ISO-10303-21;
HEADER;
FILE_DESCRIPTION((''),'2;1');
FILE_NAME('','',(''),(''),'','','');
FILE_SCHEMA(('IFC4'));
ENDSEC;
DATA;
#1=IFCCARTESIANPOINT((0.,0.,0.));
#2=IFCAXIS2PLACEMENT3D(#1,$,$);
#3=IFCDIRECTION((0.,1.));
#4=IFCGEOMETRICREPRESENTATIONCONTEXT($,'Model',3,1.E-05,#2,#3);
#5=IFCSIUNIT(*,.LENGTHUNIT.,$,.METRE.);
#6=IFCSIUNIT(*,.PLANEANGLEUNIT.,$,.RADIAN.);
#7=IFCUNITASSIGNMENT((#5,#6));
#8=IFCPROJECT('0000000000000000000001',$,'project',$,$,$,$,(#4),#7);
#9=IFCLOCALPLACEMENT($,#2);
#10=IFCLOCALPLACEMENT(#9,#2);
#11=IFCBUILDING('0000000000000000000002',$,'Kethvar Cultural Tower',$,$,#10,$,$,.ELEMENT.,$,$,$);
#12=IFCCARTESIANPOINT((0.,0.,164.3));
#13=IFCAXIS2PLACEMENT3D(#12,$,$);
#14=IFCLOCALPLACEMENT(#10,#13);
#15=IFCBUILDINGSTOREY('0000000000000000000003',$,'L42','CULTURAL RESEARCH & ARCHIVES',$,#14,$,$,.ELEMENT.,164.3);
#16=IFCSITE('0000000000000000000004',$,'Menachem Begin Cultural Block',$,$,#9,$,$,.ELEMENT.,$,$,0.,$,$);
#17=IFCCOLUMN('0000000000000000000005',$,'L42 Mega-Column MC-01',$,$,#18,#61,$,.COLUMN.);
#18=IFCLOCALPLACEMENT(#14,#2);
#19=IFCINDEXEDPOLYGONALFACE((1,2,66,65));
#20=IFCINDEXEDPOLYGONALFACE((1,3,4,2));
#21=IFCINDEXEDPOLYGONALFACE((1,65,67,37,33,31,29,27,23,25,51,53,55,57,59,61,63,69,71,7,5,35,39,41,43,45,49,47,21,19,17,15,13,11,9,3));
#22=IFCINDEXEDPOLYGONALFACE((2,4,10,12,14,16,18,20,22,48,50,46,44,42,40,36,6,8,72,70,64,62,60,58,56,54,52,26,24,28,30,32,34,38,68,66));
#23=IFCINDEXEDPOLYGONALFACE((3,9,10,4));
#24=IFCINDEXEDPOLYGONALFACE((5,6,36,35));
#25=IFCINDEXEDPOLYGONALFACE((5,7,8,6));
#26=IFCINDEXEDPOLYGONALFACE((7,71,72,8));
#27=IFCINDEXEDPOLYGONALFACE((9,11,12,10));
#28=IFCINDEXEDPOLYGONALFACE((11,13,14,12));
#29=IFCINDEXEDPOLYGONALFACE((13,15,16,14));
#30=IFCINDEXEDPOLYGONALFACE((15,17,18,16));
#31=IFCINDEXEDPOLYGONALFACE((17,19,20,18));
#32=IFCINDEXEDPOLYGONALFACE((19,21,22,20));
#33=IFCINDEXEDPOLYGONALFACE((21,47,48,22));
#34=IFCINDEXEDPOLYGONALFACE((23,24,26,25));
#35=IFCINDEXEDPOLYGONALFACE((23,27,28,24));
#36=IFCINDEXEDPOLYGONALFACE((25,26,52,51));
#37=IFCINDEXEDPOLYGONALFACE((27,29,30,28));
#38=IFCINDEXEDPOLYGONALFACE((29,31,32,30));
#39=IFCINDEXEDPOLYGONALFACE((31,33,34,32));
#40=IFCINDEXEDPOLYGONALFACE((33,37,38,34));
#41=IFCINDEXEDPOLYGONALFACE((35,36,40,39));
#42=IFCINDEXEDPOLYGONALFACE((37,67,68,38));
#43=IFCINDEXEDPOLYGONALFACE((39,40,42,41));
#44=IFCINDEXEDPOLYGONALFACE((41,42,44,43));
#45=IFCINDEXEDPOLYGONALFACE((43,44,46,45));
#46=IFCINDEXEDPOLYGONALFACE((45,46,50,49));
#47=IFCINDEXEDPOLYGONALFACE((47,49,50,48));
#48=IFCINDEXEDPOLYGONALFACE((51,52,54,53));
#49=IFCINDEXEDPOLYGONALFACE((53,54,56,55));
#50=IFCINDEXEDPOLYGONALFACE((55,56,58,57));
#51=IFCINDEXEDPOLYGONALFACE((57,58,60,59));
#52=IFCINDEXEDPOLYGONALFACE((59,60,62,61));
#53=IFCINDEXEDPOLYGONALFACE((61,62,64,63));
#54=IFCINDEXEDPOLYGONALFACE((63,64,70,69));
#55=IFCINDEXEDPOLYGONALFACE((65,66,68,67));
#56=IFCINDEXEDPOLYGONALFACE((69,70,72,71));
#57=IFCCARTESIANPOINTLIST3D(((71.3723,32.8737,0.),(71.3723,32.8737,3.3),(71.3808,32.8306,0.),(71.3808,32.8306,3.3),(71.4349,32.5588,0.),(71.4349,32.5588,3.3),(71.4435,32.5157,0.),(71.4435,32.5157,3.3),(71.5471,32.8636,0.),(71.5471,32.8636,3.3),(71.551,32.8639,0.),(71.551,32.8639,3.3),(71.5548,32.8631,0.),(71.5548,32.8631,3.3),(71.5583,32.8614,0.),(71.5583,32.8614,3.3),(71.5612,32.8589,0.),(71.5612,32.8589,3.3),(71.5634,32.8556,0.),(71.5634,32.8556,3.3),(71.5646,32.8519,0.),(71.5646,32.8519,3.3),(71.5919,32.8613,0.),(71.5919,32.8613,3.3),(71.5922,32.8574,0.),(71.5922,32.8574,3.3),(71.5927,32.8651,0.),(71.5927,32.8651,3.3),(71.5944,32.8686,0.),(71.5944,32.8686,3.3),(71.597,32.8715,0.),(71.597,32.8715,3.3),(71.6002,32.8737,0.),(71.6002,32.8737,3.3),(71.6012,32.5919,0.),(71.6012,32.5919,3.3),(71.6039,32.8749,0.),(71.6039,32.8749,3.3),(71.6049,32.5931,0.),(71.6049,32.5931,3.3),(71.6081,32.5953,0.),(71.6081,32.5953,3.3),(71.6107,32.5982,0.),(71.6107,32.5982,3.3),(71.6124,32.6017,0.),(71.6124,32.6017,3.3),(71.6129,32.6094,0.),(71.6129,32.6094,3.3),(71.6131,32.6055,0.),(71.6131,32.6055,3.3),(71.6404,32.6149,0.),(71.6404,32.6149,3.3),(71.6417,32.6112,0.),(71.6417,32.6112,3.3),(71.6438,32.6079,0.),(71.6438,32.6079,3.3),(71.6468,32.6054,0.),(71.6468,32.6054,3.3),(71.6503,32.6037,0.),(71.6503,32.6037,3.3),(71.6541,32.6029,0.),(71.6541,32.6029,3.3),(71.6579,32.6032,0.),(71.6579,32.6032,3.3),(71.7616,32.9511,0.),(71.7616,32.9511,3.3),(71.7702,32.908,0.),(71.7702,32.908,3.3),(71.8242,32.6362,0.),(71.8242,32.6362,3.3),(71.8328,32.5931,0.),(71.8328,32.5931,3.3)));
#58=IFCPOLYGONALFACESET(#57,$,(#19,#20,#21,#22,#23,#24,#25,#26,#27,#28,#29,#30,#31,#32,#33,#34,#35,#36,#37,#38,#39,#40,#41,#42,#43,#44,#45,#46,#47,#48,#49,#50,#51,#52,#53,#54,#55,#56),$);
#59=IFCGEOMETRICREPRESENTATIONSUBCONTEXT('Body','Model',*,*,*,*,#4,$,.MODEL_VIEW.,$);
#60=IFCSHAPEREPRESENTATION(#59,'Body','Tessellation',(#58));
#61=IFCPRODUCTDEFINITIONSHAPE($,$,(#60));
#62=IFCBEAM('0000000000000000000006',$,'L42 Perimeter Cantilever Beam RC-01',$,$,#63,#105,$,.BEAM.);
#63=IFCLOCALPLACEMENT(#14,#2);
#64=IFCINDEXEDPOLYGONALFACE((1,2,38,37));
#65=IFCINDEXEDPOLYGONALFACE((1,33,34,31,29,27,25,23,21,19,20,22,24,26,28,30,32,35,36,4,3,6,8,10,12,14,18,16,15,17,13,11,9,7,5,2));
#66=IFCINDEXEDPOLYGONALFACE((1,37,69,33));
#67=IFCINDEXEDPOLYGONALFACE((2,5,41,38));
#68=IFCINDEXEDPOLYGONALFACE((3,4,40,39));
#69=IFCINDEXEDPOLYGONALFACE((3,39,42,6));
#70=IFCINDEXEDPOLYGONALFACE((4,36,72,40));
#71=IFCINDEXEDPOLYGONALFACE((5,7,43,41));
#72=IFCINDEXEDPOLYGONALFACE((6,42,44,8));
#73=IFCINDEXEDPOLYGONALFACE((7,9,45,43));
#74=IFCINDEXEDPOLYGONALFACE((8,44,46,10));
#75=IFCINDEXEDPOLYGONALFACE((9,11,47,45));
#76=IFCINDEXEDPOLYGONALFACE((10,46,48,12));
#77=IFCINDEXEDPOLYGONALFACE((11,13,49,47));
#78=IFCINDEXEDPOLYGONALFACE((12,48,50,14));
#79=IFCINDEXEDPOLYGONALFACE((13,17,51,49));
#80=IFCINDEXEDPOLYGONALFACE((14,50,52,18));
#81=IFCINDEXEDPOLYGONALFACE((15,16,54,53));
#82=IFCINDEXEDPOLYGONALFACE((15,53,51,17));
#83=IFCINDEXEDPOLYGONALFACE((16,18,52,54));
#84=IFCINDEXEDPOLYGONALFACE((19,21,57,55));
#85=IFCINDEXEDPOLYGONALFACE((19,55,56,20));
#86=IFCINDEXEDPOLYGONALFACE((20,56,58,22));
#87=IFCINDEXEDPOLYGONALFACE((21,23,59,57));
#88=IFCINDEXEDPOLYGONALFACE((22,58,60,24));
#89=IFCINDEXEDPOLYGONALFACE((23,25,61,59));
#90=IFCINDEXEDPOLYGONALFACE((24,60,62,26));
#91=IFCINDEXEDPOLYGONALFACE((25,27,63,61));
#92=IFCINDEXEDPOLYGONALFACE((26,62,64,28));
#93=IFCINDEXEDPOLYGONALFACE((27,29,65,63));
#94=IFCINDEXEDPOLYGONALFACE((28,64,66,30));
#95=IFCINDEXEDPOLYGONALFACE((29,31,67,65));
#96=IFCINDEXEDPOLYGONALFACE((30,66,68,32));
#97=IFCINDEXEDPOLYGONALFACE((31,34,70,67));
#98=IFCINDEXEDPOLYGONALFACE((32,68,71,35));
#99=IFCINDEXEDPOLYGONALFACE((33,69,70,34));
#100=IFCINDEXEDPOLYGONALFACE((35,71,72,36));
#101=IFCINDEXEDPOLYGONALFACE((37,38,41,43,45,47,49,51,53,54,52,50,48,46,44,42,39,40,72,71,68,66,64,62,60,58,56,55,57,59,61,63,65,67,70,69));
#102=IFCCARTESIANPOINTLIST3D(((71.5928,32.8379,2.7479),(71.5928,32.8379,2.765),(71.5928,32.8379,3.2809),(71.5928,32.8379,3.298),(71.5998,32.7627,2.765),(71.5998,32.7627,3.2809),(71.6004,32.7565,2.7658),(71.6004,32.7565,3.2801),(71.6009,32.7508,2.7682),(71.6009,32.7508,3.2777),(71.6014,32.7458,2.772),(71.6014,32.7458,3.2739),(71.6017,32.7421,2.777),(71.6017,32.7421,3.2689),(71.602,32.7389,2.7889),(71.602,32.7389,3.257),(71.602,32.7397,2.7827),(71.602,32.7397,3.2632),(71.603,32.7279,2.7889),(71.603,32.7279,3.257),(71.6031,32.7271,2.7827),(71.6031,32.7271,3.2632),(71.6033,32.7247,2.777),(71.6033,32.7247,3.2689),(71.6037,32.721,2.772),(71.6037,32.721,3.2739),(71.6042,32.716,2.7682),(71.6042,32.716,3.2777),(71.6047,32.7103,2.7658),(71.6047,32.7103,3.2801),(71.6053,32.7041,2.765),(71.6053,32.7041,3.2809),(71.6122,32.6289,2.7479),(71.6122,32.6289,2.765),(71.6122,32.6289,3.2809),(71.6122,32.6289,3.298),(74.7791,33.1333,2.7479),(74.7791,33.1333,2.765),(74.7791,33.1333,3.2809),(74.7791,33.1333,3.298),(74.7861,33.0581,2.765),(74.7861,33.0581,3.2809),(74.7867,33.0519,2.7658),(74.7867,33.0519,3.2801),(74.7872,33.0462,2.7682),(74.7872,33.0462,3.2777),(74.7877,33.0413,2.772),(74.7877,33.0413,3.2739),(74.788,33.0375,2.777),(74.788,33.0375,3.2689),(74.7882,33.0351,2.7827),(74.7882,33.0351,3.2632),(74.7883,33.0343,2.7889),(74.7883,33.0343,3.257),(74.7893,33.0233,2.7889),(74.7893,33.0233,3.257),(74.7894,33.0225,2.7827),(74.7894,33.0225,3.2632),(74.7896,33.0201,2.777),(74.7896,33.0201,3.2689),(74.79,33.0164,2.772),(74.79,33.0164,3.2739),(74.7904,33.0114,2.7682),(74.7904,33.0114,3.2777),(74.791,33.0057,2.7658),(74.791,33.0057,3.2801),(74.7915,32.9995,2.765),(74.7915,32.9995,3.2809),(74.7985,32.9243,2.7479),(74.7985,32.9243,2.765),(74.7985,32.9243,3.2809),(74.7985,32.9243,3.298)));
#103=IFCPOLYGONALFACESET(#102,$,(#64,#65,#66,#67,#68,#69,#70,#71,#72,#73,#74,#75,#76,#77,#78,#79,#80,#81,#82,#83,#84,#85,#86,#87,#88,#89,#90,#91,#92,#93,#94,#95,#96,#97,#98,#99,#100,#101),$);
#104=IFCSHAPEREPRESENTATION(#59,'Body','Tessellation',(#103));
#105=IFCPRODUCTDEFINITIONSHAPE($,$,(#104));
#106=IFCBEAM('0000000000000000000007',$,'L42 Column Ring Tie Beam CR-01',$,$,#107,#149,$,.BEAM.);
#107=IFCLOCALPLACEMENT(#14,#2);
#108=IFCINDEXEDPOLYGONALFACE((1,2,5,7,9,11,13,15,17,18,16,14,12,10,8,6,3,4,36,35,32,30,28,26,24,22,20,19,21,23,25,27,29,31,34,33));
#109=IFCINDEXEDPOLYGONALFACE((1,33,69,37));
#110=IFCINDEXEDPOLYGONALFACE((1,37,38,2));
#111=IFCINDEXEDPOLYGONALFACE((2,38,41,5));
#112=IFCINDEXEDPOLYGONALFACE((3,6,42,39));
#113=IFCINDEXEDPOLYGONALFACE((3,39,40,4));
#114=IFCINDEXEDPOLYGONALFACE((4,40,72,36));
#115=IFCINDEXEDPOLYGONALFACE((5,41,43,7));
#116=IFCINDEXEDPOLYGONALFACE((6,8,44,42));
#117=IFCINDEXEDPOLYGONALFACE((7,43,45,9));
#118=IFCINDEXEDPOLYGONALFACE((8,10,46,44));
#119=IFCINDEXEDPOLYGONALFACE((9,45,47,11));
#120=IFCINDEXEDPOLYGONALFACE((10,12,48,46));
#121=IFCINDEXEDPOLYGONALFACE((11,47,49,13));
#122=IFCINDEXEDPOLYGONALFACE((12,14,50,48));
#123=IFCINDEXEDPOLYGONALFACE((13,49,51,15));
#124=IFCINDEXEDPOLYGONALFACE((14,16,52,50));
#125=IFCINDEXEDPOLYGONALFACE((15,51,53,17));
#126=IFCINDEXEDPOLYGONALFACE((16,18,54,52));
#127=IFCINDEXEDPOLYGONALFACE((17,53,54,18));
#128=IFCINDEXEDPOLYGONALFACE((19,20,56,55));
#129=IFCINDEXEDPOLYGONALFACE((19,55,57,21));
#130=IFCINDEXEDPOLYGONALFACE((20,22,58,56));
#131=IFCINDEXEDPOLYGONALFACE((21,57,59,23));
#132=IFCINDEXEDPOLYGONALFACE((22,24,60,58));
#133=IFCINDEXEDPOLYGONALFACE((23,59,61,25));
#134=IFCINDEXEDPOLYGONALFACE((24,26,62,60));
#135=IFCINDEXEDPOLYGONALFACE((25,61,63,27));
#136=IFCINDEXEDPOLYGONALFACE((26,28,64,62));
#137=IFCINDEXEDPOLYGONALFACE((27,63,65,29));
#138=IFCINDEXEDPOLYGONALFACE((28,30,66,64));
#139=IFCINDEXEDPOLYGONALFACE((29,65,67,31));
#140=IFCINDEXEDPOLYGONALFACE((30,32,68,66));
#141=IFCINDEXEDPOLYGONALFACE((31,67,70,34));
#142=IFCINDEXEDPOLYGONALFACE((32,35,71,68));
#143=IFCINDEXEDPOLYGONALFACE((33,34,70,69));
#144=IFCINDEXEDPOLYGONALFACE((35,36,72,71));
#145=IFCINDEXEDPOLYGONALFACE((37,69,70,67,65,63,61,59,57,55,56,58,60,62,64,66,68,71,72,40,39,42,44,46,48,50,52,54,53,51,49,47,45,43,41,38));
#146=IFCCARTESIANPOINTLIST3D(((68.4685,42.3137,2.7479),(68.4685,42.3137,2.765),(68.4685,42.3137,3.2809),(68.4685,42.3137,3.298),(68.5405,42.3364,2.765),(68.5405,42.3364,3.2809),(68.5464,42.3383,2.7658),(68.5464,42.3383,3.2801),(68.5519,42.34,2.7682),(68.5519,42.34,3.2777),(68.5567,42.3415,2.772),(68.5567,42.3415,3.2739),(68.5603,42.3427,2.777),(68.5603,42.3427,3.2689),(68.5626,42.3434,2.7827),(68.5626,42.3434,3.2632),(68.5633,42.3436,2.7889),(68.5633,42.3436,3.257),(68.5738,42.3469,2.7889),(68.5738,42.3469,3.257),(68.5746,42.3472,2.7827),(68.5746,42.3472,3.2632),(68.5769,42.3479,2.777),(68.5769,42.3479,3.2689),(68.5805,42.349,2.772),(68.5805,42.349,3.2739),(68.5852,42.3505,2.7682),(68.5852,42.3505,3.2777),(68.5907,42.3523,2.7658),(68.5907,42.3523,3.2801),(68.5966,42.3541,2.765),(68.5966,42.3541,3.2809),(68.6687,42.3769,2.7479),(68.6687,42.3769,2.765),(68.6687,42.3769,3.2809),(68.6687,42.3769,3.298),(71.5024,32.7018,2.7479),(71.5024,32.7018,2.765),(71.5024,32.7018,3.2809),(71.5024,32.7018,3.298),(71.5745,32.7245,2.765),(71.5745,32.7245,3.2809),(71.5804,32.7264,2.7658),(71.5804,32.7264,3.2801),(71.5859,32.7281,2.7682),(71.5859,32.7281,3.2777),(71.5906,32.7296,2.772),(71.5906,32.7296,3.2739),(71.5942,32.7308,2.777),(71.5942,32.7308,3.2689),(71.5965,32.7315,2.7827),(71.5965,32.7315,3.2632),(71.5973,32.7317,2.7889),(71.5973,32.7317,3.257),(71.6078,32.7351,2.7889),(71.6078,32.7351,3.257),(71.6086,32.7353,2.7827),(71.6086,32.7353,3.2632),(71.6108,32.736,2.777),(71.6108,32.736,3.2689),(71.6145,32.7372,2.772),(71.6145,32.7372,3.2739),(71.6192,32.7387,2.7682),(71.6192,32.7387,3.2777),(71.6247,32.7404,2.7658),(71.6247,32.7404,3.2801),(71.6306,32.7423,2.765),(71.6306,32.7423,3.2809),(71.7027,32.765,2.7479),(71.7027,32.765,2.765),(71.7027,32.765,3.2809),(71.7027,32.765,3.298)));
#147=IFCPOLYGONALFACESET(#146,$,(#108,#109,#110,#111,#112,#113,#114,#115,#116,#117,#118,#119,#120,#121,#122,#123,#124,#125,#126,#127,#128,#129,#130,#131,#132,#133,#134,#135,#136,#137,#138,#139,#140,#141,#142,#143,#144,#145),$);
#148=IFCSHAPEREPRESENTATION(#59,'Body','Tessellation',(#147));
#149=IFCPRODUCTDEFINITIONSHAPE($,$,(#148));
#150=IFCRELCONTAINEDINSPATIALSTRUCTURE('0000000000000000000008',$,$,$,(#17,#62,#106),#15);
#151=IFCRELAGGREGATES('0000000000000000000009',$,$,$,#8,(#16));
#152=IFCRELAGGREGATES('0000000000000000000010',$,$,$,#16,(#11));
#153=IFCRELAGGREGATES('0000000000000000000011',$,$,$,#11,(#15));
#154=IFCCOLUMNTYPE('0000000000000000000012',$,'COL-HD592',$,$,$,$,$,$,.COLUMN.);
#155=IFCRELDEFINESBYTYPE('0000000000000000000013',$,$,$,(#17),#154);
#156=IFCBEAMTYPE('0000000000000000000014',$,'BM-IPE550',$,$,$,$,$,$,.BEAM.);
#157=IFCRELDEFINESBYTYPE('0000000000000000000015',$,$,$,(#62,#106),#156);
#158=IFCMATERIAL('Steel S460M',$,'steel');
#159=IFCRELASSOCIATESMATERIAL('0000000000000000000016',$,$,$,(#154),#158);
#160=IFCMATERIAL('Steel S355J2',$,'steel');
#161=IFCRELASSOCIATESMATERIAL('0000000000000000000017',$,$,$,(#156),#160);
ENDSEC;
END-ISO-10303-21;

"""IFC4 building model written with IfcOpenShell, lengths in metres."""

from ifc_helpers import new_model, si_unit, direction, frame, origin, origin_2d, place, context, subcontext, project, spatial, i_section, extrude, source, transform, mapped, material, material_profile, profile_set, type_object, element, save


model = new_model("IFC4")

# Units and contexts
model_context = context("Model", 3, precision=1e-05, world=origin(), true_north=direction((0.0, 1.0)))
body_context = subcontext(model_context, "Body", "Model", "MODEL_VIEW")
ifc_project = project(units=[si_unit("LENGTHUNIT", "METRE"), si_unit("PLANEANGLEUNIT", "RADIAN")], contexts=[model_context])

# Site, building, storey
site_placement = place(None, origin())
site = spatial("IfcSite", under=ifc_project, at=site_placement, Name="Menachem Begin Cultural Block", CompositionType="ELEMENT", RefElevation=0.0)
building_placement = place(site_placement, origin())
building = spatial("IfcBuilding", under=site, at=building_placement, Name="Kethvar Cultural Tower", CompositionType="ELEMENT")
storey_placement = place(building_placement, frame((0.0, 0.0, 164.3)))
storey = spatial("IfcBuildingStorey", under=building, at=storey_placement, Name="L42", Description="CULTURAL RESEARCH & ARCHIVES", CompositionType="ELEMENT", Elevation=164.3)

# Column
ifc_material_1 = material(Name="Steel S460M", Category="steel")
ifc_material_profile_1 = material_profile(ifc_material_1, i_section(OverallWidth=0.397, OverallDepth=0.365, WebThickness=0.0281, FlangeThickness=0.0439, FilletRadius=0.0149, at=origin_2d()), Name="Steel S460M — HD400x592")
ifc_profile_set_1 = profile_set([ifc_material_profile_1], Name="Steel S460M — HD400x592")
column_type = type_object("IfcColumnType", Name="COL-HD592", PredefinedType="COLUMN", material=ifc_profile_set_1)
shared_shape_1 = source(origin(), body_context, "Body", "SweptSolid", [
    extrude(i_section(OverallWidth=0.397, OverallDepth=0.365, WebThickness=0.0281, FlangeThickness=0.0439, FilletRadius=0.0149, at=origin_2d()), origin(), (0.0, 0.0, 1.0), 3.3),
])
column_placement = place(storey_placement, frame((71.6025, 32.7334, 0.0), z_axis=(0.0, 0.0, 1.0), x_axis=(0.980785, 0.19509, 0.0)))
element("IfcColumn", 1, at=column_placement, inside=storey, type_object=column_type, Name="L42 Mega-Column MC-01", PredefinedType="COLUMN", context=body_context, shape_type="MappedRepresentation", body=[
    mapped(shared_shape_1, transform((0.0, 0.0, 0.0), scale=1.0)),
])

# Beams
ifc_material_2 = material(Name="Steel S355J2", Category="steel")
ifc_material_profile_2 = material_profile(ifc_material_2, i_section(OverallWidth=0.21, OverallDepth=0.55, WebThickness=0.011, FlangeThickness=0.0171, FilletRadius=0.0239, at=origin_2d()), Name="Steel S355J2 — IPE550")
ifc_profile_set_2 = profile_set([ifc_material_profile_2], Name="Steel S355J2 — IPE550")
beam_type_1 = type_object("IfcBeamType", Name="BM-IPE550", PredefinedType="BEAM", material=ifc_profile_set_2)
shared_shape_2 = source(origin(), body_context, "Body", "SweptSolid", [
    extrude(i_section(OverallWidth=0.21, OverallDepth=0.55, WebThickness=0.011, FlangeThickness=0.0171, FilletRadius=0.0239, at=origin_2d()), origin(), (0.0, 0.0, 1.0), 3.2),
])
beam_1_placement = place(storey_placement, frame((71.6025, 32.7334, 3.0229), z_axis=(0.99573, 0.092317, 0.0), x_axis=(-0.092317, 0.99573, 0.0)))
element("IfcBeam", 2, at=beam_1_placement, inside=storey, type_object=beam_type_1, Name="L42 Perimeter Cantilever Beam RC-01", PredefinedType="BEAM", context=body_context, shape_type="MappedRepresentation", body=[
    mapped(shared_shape_2, transform((0.0, 0.0, 0.0), scale=1.0)),
])
shared_shape_3 = source(origin(), body_context, "Body", "SweptSolid", [
    extrude(i_section(OverallWidth=0.21, OverallDepth=0.55, WebThickness=0.011, FlangeThickness=0.0171, FilletRadius=0.0239, at=origin_2d()), origin(), (0.0, 0.0, 1.0), 10.0793),
])
beam_2_placement = place(storey_placement, frame((71.6025, 32.7334, 3.0229), z_axis=(-0.301007, 0.953622, 0.0), x_axis=(-0.953622, -0.301007, 0.0)))
element("IfcBeam", 3, at=beam_2_placement, inside=storey, type_object=beam_type_1, Name="L42 Column Ring Tie Beam CR-01", PredefinedType="BEAM", context=body_context, shape_type="MappedRepresentation", body=[
    mapped(shared_shape_3, transform((0.0, 0.0, 0.0), scale=1.0)),
])

save(model, "model.ifc")
